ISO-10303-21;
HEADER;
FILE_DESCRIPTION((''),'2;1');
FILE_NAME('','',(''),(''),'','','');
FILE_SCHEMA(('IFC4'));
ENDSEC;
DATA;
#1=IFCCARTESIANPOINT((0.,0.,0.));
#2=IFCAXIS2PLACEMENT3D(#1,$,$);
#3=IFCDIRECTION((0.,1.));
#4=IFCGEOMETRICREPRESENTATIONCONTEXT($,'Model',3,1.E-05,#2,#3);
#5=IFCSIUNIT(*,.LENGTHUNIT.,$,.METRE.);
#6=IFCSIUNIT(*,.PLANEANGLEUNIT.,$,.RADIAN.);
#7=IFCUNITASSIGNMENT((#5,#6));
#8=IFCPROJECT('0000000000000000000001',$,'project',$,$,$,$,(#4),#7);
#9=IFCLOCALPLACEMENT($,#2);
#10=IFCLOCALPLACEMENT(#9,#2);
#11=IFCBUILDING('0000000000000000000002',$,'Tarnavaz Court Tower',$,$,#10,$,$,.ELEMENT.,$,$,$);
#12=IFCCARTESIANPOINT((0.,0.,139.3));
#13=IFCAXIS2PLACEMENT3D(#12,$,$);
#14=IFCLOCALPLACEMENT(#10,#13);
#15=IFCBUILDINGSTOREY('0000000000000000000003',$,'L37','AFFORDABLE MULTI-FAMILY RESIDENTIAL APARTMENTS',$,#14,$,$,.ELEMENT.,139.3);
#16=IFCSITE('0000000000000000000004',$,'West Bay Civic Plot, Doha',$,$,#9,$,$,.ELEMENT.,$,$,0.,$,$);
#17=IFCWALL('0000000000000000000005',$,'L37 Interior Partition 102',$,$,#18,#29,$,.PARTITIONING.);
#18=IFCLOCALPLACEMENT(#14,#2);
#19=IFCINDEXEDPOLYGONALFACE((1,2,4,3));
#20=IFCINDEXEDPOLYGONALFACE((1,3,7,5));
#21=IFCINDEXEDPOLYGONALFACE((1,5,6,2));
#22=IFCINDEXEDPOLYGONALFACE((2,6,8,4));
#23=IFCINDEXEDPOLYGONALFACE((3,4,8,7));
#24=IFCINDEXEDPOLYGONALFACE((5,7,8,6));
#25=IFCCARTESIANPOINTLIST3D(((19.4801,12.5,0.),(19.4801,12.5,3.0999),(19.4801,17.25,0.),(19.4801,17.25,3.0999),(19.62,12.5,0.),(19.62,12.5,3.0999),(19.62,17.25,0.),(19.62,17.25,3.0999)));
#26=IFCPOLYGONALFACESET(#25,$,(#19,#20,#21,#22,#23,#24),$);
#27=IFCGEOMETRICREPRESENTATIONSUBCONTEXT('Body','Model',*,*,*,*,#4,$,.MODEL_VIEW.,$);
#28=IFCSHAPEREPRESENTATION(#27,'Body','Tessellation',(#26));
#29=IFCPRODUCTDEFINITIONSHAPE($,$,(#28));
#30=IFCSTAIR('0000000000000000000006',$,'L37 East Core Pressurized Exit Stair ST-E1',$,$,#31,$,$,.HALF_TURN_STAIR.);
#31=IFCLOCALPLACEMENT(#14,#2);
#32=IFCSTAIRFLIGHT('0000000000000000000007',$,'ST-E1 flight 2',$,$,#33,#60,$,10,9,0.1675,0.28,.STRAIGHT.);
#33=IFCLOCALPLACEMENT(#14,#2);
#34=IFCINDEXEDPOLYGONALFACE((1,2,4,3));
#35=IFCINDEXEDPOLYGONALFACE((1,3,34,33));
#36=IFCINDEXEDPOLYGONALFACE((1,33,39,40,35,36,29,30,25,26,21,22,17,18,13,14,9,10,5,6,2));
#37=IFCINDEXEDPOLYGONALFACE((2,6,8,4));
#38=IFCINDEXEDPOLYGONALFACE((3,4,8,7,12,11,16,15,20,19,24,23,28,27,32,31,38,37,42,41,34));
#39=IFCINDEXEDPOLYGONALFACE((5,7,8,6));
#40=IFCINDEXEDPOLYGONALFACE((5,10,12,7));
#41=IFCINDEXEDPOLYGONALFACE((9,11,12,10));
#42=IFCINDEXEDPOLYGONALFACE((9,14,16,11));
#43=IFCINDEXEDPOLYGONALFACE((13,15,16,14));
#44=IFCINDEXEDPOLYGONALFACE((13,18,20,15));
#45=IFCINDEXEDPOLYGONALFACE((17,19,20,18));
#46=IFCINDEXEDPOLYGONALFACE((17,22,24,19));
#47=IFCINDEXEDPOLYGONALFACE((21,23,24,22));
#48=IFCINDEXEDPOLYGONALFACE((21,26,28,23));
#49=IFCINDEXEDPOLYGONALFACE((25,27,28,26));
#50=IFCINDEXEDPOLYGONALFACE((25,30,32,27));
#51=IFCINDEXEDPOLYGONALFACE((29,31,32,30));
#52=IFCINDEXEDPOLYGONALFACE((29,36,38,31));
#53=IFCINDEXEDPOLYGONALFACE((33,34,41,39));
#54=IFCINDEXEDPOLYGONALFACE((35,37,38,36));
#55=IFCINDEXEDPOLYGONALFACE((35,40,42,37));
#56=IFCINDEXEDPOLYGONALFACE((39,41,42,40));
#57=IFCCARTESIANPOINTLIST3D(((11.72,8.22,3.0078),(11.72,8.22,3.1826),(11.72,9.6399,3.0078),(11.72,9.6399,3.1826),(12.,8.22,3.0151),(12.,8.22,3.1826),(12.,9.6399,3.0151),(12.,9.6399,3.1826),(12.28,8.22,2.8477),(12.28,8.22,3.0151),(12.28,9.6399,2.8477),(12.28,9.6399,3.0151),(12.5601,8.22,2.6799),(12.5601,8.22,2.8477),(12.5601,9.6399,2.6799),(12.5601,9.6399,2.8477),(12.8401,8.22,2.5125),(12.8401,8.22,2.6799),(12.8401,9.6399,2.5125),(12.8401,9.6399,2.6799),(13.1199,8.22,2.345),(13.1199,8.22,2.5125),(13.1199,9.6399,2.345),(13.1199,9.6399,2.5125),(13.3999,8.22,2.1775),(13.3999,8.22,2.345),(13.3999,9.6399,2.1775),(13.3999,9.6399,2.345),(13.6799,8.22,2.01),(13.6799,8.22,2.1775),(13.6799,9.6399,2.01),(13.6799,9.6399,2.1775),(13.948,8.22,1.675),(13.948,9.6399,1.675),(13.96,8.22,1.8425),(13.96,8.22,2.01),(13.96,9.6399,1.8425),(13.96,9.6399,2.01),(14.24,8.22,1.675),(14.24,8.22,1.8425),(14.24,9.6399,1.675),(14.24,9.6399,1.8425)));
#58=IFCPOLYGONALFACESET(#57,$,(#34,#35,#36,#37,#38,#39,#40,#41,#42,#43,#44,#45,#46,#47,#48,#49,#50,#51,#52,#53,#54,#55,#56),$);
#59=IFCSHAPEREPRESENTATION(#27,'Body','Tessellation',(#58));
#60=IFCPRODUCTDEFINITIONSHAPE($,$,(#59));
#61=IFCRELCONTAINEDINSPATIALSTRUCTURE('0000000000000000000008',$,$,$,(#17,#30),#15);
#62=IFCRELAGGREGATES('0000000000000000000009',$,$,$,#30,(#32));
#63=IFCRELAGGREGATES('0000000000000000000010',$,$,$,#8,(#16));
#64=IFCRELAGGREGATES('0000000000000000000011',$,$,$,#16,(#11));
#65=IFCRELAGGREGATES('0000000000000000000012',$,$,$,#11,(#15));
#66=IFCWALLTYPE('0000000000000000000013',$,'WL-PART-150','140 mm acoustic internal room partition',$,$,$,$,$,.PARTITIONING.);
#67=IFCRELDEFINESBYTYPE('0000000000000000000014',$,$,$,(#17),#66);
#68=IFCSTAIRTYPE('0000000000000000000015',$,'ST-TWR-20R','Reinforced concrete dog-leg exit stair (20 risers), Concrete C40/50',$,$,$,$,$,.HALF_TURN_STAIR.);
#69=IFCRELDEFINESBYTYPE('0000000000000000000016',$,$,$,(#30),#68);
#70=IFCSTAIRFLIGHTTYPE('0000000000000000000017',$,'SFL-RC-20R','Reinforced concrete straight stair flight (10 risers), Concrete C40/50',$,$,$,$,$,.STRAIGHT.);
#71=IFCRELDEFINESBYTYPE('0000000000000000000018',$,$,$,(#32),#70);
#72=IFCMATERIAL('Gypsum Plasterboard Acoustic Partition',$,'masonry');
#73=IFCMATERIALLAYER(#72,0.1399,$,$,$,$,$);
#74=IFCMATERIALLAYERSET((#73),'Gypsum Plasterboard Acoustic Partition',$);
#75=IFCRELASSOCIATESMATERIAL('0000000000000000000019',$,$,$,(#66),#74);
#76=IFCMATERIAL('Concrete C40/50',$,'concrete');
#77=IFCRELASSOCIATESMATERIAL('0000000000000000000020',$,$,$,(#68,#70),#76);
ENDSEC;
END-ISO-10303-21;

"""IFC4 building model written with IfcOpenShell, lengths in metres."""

from ifc_helpers import new_model, si_unit, direction, frame, frame_2d, origin, place, context, subcontext, project, spatial, polyline, rectangle, outline, extrude, material, layer, layer_set, type_object, element, aggregate, save


model = new_model("IFC4")

# Units and contexts
model_context = context("Model", 3, precision=1e-05, world=origin(), true_north=direction((0.0, 1.0)))
body_context = subcontext(model_context, "Body", "Model", "MODEL_VIEW")
ifc_project = project(units=[si_unit("LENGTHUNIT", "METRE"), si_unit("PLANEANGLEUNIT", "RADIAN")], contexts=[model_context])

# Site, building, storey
site_placement = place(None, origin())
site = spatial("IfcSite", under=ifc_project, at=site_placement, Name="West Bay Civic Plot, Doha", CompositionType="ELEMENT", RefElevation=0.0)
building_placement = place(site_placement, origin())
building = spatial("IfcBuilding", under=site, at=building_placement, Name="Tarnavaz Court Tower", CompositionType="ELEMENT")
storey_placement = place(building_placement, frame((0.0, 0.0, 139.3)))
storey = spatial("IfcBuildingStorey", under=building, at=storey_placement, Name="L37", Description="AFFORDABLE MULTI-FAMILY RESIDENTIAL APARTMENTS", CompositionType="ELEMENT", Elevation=139.3)

# Wall
ifc_material_1 = material(Name="Gypsum Plasterboard Acoustic Partition", Category="masonry")
ifc_layer_1 = layer(ifc_material_1, 0.1399)
ifc_layer_set_1 = layer_set([ifc_layer_1], Name="Gypsum Plasterboard Acoustic Partition")
wall_type_1 = type_object("IfcWallType", Name="WL-PART-150", Description="140 mm acoustic internal room partition", PredefinedType="PARTITIONING", material=ifc_layer_set_1)
wall_1_placement = place(storey_placement, frame((19.55, 12.5, 0.0), z_axis=(0.0, 0.0, 1.0), x_axis=(0.0, 1.0, 0.0)))
element("IfcWall", 1, at=wall_1_placement, inside=storey, type_object=wall_type_1, Name="L37 Interior Partition 102", PredefinedType="PARTITIONING", context=body_context, shape_type="SweptSolid", body=[
    extrude(rectangle(XDim=4.75, YDim=0.1399, at=frame_2d((2.375, 0.0))), origin(), (0.0, 0.0, 1.0), 3.0999),
])

# Stair, stair flight
ifc_material_2 = material(Name="Concrete C40/50", Category="concrete")
stair_type = type_object("IfcStairType", Name="ST-TWR-20R", Description="Reinforced concrete dog-leg exit stair (20 risers), Concrete C40/50", PredefinedType="HALF_TURN_STAIR", material=ifc_material_2)
stair_placement = place(storey_placement, origin())
stair = element("IfcStair", 2, at=stair_placement, inside=storey, type_object=stair_type, Name="L37 East Core Pressurized Exit Stair ST-E1", PredefinedType="HALF_TURN_STAIR")
stair_flight_type = type_object("IfcStairFlightType", Name="SFL-RC-20R", Description="Reinforced concrete straight stair flight (10 risers), Concrete C40/50", PredefinedType="STRAIGHT", material=ifc_material_2)
stair_flight_placement = place(storey_placement, frame((14.24, 8.9299, 1.675), z_axis=(0.0, 0.0, 1.0), x_axis=(-1.0, 0.0, 0.0)))
stair_flight = element("IfcStairFlight", 3, at=stair_flight_placement, type_object=stair_flight_type, Name="ST-E1 flight 2", NumberOfRisers=10, NumberOfTreads=9, PredefinedType="STRAIGHT", RiserHeight=0.1675, TreadLength=0.28, context=body_context, shape_type="SweptSolid", body=[
    extrude(outline(polyline([(0.0, 0.0), (0.0, 0.1675), (0.28, 0.1675), (0.28, 0.335), (0.5601, 0.335), (0.5601, 0.5024), (0.8401, 0.5024), (0.8401, 0.6699), (1.1201, 0.6699), (1.1201, 0.8374), (1.3999, 0.8374), (1.3999, 1.0049), (1.6799, 1.0049), (1.6799, 1.1726), (1.96, 1.1726), (1.96, 1.3401), (2.24, 1.3401), (2.24, 1.5076), (2.52, 1.5076), (2.52, 1.675), (2.52, 1.3328), (0.292, 0.0), (0.0, 0.0)])), frame((0.0, 0.71, 0.0), z_axis=(0.0, -1.0, 0.0), x_axis=(1.0, 0.0, 0.0)), (0.0, 0.0, 1.0), 1.4199),
])
aggregate(stair, [stair_flight])

save(model, "model.ifc")
